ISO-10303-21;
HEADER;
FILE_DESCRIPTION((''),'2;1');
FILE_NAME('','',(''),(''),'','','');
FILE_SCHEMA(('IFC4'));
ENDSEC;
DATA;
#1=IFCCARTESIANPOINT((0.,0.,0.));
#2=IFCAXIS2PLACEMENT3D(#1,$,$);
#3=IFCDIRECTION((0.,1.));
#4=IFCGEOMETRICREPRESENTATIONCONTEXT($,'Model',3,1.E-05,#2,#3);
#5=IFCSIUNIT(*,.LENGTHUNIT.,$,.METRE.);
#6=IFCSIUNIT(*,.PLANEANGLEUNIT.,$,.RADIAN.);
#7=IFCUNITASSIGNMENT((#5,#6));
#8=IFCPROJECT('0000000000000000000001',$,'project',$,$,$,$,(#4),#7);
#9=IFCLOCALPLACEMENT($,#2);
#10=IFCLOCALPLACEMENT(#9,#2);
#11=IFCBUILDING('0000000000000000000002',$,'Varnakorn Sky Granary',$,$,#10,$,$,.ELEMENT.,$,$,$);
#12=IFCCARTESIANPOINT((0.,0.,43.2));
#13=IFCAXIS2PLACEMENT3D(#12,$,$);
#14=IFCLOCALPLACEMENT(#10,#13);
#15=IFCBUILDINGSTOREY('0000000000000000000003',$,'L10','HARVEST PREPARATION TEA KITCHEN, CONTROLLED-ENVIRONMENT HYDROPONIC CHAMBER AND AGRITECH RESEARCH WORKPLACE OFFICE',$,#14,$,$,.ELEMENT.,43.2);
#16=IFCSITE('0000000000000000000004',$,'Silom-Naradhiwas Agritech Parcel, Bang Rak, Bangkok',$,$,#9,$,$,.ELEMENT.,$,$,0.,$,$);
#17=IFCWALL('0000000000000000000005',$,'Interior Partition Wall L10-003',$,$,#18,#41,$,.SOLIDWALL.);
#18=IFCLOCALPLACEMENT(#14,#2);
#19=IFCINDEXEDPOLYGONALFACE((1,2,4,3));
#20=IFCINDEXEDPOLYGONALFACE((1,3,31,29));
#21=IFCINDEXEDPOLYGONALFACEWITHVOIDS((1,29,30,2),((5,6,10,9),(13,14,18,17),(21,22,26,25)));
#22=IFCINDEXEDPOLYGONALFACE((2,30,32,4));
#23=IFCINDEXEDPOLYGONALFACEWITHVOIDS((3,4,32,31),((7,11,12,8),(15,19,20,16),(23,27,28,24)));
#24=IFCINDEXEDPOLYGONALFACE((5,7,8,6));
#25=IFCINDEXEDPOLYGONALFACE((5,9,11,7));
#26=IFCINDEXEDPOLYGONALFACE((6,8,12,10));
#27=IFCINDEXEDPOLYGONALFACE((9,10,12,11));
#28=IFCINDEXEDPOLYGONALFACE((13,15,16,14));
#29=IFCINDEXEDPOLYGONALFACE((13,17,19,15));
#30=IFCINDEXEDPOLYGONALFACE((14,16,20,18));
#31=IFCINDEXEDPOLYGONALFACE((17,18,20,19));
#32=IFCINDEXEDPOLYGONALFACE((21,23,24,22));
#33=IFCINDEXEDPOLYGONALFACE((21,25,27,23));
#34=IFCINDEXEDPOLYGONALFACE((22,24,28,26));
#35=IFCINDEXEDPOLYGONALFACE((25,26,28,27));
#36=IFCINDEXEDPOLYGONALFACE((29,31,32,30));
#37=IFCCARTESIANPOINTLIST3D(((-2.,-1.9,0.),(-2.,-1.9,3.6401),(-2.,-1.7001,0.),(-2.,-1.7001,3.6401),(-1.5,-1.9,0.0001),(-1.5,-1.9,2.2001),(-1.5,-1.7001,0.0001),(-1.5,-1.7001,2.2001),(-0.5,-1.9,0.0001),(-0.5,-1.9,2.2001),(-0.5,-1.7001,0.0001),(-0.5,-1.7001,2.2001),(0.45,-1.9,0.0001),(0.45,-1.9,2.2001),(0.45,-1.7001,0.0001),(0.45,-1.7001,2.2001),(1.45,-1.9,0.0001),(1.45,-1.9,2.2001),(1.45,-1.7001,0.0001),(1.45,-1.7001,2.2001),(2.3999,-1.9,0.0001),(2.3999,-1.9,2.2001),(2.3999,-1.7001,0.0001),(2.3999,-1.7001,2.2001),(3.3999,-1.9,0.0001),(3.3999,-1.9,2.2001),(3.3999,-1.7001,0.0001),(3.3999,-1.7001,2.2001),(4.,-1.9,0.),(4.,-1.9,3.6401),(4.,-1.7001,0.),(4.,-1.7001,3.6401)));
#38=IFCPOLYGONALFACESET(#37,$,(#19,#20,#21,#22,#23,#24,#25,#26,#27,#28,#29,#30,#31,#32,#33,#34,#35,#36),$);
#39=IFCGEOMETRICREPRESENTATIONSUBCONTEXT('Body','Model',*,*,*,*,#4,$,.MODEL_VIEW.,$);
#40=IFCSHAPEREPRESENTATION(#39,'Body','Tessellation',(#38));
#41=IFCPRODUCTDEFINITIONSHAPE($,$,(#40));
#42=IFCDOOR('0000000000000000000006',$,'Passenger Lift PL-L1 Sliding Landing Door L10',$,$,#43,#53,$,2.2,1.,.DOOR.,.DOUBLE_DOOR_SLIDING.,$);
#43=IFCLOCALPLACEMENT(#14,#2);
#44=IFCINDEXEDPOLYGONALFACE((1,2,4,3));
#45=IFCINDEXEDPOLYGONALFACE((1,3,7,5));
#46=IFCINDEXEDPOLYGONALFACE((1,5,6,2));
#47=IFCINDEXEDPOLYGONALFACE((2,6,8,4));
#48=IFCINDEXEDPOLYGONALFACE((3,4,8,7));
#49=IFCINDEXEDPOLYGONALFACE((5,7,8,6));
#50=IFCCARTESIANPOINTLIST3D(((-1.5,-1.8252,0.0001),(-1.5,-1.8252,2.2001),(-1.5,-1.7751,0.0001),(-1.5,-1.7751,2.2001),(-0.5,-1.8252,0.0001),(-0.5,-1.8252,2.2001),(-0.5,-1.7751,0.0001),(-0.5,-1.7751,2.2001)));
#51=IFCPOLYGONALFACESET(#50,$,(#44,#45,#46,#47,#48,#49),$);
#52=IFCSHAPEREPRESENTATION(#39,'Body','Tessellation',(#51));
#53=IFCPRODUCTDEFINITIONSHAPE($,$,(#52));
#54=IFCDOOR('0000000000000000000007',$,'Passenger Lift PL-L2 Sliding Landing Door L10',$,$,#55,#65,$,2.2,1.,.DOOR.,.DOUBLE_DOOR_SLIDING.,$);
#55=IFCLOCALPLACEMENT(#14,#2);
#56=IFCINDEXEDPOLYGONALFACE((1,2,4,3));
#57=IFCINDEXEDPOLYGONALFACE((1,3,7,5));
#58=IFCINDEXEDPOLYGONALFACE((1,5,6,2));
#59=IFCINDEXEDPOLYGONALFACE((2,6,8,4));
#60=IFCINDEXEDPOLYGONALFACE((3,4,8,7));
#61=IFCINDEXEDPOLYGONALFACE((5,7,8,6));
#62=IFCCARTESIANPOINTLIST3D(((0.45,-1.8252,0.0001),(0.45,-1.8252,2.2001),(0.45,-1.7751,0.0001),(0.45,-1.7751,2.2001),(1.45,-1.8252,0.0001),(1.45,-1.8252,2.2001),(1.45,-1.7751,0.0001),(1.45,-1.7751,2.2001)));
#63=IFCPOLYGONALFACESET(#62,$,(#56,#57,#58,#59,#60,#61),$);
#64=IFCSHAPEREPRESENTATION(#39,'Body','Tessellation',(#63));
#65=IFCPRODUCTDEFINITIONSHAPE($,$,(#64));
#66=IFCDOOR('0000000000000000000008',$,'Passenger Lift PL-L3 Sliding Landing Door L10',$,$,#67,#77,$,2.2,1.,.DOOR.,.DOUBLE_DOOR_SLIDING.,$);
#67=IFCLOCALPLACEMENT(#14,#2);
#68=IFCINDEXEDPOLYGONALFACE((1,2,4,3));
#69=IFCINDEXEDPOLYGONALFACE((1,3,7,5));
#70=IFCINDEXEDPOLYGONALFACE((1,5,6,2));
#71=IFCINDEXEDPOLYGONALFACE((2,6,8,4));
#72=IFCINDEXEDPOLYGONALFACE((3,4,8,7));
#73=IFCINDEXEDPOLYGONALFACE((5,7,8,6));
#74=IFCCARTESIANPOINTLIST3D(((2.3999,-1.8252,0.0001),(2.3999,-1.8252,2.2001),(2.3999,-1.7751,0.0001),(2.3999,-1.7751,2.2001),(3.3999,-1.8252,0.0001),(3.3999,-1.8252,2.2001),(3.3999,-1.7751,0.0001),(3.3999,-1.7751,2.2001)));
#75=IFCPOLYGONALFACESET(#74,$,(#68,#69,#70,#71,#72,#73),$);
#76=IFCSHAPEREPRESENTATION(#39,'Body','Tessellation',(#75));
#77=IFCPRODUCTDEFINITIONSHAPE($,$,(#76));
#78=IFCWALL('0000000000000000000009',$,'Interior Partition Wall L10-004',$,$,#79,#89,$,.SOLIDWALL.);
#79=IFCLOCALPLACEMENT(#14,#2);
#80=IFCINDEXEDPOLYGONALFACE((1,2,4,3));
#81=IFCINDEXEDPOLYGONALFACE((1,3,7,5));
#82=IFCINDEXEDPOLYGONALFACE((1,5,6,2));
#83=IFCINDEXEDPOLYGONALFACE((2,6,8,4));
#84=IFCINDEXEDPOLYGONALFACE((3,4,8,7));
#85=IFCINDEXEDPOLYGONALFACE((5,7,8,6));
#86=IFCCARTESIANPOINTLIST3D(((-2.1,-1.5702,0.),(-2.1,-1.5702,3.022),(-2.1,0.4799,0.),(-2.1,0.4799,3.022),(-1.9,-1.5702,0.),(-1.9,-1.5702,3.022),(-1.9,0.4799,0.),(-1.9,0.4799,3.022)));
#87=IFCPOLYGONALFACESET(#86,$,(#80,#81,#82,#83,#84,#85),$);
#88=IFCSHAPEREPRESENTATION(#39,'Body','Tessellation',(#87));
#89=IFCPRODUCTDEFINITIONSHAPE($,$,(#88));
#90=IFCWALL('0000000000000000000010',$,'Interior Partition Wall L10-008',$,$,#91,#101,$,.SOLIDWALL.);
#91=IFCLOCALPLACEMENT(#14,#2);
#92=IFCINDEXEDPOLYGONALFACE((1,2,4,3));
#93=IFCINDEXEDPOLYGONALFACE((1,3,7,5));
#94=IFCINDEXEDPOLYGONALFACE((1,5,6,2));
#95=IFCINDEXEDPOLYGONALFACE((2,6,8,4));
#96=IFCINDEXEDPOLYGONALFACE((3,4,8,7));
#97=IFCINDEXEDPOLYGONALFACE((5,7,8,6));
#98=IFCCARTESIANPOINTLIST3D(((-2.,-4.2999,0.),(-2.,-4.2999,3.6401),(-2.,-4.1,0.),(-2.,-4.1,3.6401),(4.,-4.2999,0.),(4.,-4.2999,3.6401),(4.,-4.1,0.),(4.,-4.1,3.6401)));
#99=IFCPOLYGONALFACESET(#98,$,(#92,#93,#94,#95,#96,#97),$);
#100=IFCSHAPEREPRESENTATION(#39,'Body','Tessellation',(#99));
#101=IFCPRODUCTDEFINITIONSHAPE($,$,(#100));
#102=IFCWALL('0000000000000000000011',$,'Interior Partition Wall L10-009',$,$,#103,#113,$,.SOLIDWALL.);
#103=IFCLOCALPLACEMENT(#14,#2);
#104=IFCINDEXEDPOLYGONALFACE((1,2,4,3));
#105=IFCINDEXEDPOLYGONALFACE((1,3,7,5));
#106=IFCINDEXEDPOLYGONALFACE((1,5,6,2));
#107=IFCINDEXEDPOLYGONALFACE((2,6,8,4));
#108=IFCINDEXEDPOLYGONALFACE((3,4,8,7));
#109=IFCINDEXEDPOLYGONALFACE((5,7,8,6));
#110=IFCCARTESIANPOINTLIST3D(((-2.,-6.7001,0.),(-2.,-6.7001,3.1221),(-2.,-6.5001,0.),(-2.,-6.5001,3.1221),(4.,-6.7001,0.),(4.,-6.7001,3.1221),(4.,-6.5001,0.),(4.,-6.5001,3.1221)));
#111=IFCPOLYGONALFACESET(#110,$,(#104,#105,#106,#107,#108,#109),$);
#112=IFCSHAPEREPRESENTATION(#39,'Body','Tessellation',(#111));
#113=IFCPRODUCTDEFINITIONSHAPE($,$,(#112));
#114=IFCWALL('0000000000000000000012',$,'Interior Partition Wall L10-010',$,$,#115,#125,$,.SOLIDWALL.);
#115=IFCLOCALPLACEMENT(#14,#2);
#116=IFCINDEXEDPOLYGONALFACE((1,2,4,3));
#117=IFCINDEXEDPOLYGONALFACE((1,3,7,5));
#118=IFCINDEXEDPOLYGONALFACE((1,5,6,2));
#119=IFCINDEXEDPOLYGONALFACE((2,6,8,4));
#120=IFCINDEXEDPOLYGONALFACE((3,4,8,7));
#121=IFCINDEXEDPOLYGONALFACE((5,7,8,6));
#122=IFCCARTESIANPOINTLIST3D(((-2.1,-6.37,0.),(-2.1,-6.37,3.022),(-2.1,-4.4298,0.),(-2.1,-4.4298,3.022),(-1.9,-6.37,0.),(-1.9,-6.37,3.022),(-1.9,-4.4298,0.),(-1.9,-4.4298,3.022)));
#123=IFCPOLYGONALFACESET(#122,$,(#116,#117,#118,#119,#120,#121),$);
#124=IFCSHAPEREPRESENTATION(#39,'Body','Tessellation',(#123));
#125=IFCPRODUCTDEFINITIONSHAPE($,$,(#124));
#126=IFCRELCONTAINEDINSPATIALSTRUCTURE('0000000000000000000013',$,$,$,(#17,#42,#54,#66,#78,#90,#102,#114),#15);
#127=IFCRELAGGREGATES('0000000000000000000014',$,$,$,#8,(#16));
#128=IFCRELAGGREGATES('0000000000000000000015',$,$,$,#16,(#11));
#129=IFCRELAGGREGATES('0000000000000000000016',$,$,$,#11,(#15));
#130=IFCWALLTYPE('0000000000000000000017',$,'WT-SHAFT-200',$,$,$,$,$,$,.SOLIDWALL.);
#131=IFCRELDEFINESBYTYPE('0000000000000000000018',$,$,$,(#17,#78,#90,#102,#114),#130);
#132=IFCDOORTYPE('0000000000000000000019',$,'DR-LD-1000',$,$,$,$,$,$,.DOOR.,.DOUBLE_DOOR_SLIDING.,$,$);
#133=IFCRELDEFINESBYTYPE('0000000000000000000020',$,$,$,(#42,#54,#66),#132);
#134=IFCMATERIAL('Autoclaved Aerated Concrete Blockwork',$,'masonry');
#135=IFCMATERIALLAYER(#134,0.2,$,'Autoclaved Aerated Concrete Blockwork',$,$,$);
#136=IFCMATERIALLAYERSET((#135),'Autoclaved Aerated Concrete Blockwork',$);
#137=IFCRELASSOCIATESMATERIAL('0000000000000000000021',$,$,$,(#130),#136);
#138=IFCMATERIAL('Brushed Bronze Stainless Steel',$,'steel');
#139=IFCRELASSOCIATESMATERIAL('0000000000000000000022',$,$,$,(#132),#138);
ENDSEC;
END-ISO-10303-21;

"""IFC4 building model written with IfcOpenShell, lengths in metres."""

from ifc_helpers import new_model, si_unit, direction, frame, frame_2d, origin, place, context, subcontext, project, spatial, rectangle, extrude, material, layer, layer_set, type_object, element, fill, save


model = new_model("IFC4")

# Units and contexts
model_context = context("Model", 3, precision=1e-05, world=origin(), true_north=direction((0.0, 1.0)))
body_context = subcontext(model_context, "Body", "Model", "MODEL_VIEW")
ifc_project = project(units=[si_unit("LENGTHUNIT", "METRE"), si_unit("PLANEANGLEUNIT", "RADIAN")], contexts=[model_context])

# Site, building, storey
site_placement = place(None, origin())
site = spatial("IfcSite", under=ifc_project, at=site_placement, Name="Silom-Naradhiwas Agritech Parcel, Bang Rak, Bangkok", CompositionType="ELEMENT", RefElevation=0.0)
building_placement = place(site_placement, origin())
building = spatial("IfcBuilding", under=site, at=building_placement, Name="Varnakorn Sky Granary", CompositionType="ELEMENT")
storey_placement = place(building_placement, frame((0.0, 0.0, 43.2)))
storey = spatial("IfcBuildingStorey", under=building, at=storey_placement, Name="L10", Description="HARVEST PREPARATION TEA KITCHEN, CONTROLLED-ENVIRONMENT HYDROPONIC CHAMBER AND AGRITECH RESEARCH WORKPLACE OFFICE", CompositionType="ELEMENT", Elevation=43.2)

# Shared definitions
ifc_material_1 = material(Name="Autoclaved Aerated Concrete Blockwork", Category="masonry")

# Wall, openings, doors
ifc_layer_1 = layer(ifc_material_1, 0.2, Name="Autoclaved Aerated Concrete Blockwork")
ifc_layer_set_1 = layer_set([ifc_layer_1], Name="Autoclaved Aerated Concrete Blockwork")
wall_type_1 = type_object("IfcWallType", Name="WT-SHAFT-200", PredefinedType="SOLIDWALL", material=ifc_layer_set_1)
wall_1_placement = place(storey_placement, frame((-2.0, -1.8, 0.0), z_axis=(0.0, 0.0, 1.0), x_axis=(1.0, 0.0, 0.0)))
wall_1 = element("IfcWall", 1, at=wall_1_placement, inside=storey, type_object=wall_type_1, Name="Interior Partition Wall L10-003", PredefinedType="SOLIDWALL", context=body_context, shape_type="SweptSolid", body=[
    extrude(rectangle(XDim=6.0, YDim=0.2, at=frame_2d((3.0, 0.0))), origin(), (0.0, 0.0, 1.0), 3.6401),
])
opening_1_placement = place(wall_1_placement, frame((0.5, 0.0, 0.0)))
opening_1 = element("IfcOpeningElement", 2, at=opening_1_placement, cuts=wall_1, PredefinedType="OPENING", context=body_context, shape_type="SweptSolid", body=[
    extrude(rectangle(XDim=1.0, YDim=2.2, at=frame_2d((0.5, 1.1001))), frame((0.0, 0.1099, 0.0), z_axis=(0.0, -1.0, 0.0), x_axis=(1.0, 0.0, 0.0)), (0.0, 0.0, 1.0), 0.22),
])
opening_2_placement = place(wall_1_placement, frame((2.45, 0.0, 0.0)))
opening_2 = element("IfcOpeningElement", 3, at=opening_2_placement, cuts=wall_1, PredefinedType="OPENING", context=body_context, shape_type="SweptSolid", body=[
    extrude(rectangle(XDim=1.0, YDim=2.2, at=frame_2d((0.5, 1.1001))), frame((0.0, 0.1099, 0.0), z_axis=(0.0, -1.0, 0.0), x_axis=(1.0, 0.0, 0.0)), (0.0, 0.0, 1.0), 0.22),
])
opening_3_placement = place(wall_1_placement, frame((4.3999, 0.0, 0.0)))
opening_3 = element("IfcOpeningElement", 4, at=opening_3_placement, cuts=wall_1, PredefinedType="OPENING", context=body_context, shape_type="SweptSolid", body=[
    extrude(rectangle(XDim=1.0, YDim=2.2, at=frame_2d((0.5, 1.1001))), frame((0.0, 0.1099, 0.0), z_axis=(0.0, -1.0, 0.0), x_axis=(1.0, 0.0, 0.0)), (0.0, 0.0, 1.0), 0.22),
])
ifc_material_2 = material(Name="Brushed Bronze Stainless Steel", Category="steel")
door_type_1 = type_object("IfcDoorType", Name="DR-LD-1000", OperationType="DOUBLE_DOOR_SLIDING", PredefinedType="DOOR", material=ifc_material_2)
door_1_placement = place(opening_1_placement, origin())
door_1 = element("IfcDoor", 5, at=door_1_placement, inside=storey, type_object=door_type_1, Name="Passenger Lift PL-L1 Sliding Landing Door L10", OperationType="DOUBLE_DOOR_SLIDING", OverallHeight=2.2, OverallWidth=1.0, PredefinedType="DOOR", context=body_context, shape_type="SweptSolid", body=[
    extrude(rectangle(XDim=1.0, YDim=2.2, at=frame_2d((0.5, 1.1001))), frame((0.0, 0.0249, 0.0), z_axis=(0.0, -1.0, 0.0), x_axis=(1.0, 0.0, 0.0)), (0.0, 0.0, 1.0), 0.05),
])
fill(opening_1, door_1)
door_2_placement = place(opening_2_placement, origin())
door_2 = element("IfcDoor", 6, at=door_2_placement, inside=storey, type_object=door_type_1, Name="Passenger Lift PL-L2 Sliding Landing Door L10", OperationType="DOUBLE_DOOR_SLIDING", OverallHeight=2.2, OverallWidth=1.0, PredefinedType="DOOR", context=body_context, shape_type="SweptSolid", body=[
    extrude(rectangle(XDim=1.0, YDim=2.2, at=frame_2d((0.5, 1.1001))), frame((0.0, 0.0249, 0.0), z_axis=(0.0, -1.0, 0.0), x_axis=(1.0, 0.0, 0.0)), (0.0, 0.0, 1.0), 0.05),
])
fill(opening_2, door_2)
door_3_placement = place(opening_3_placement, origin())
door_3 = element("IfcDoor", 7, at=door_3_placement, inside=storey, type_object=door_type_1, Name="Passenger Lift PL-L3 Sliding Landing Door L10", OperationType="DOUBLE_DOOR_SLIDING", OverallHeight=2.2, OverallWidth=1.0, PredefinedType="DOOR", context=body_context, shape_type="SweptSolid", body=[
    extrude(rectangle(XDim=1.0, YDim=2.2, at=frame_2d((0.5, 1.1001))), frame((0.0, 0.0249, 0.0), z_axis=(0.0, -1.0, 0.0), x_axis=(1.0, 0.0, 0.0)), (0.0, 0.0, 1.0), 0.05),
])
fill(opening_3, door_3)

# Walls
wall_2_placement = place(storey_placement, frame((-2.0, -1.5701, 0.0), z_axis=(0.0, 0.0, 1.0), x_axis=(0.0, 1.0, 0.0)))
element("IfcWall", 8, at=wall_2_placement, inside=storey, type_object=wall_type_1, Name="Interior Partition Wall L10-004", PredefinedType="SOLIDWALL", context=body_context, shape_type="SweptSolid", body=[
    extrude(rectangle(XDim=2.05, YDim=0.2, at=frame_2d((1.0249, 0.0))), origin(), (0.0, 0.0, 1.0), 3.022),
])
wall_3_placement = place(storey_placement, frame((-2.0, -4.2, 0.0), z_axis=(0.0, 0.0, 1.0), x_axis=(1.0, 0.0, 0.0)))
element("IfcWall", 9, at=wall_3_placement, inside=storey, type_object=wall_type_1, Name="Interior Partition Wall L10-008", PredefinedType="SOLIDWALL", context=body_context, shape_type="SweptSolid", body=[
    extrude(rectangle(XDim=6.0, YDim=0.2, at=frame_2d((3.0, 0.0))), origin(), (0.0, 0.0, 1.0), 3.6401),
])
wall_4_placement = place(storey_placement, frame((-2.0, -6.6001, 0.0), z_axis=(0.0, 0.0, 1.0), x_axis=(1.0, 0.0, 0.0)))
element("IfcWall", 10, at=wall_4_placement, inside=storey, type_object=wall_type_1, Name="Interior Partition Wall L10-009", PredefinedType="SOLIDWALL", context=body_context, shape_type="SweptSolid", body=[
    extrude(rectangle(XDim=6.0, YDim=0.2, at=frame_2d((3.0, 0.0))), origin(), (0.0, 0.0, 1.0), 3.1221),
])
wall_5_placement = place(storey_placement, frame((-2.0, -6.3701, 0.0), z_axis=(0.0, 0.0, 1.0), x_axis=(0.0, 1.0, 0.0)))
element("IfcWall", 11, at=wall_5_placement, inside=storey, type_object=wall_type_1, Name="Interior Partition Wall L10-010", PredefinedType="SOLIDWALL", context=body_context, shape_type="SweptSolid", body=[
    extrude(rectangle(XDim=1.9402, YDim=0.2, at=frame_2d((0.9702, 0.0))), origin(), (0.0, 0.0, 1.0), 3.022),
])

save(model, "model.ifc")
